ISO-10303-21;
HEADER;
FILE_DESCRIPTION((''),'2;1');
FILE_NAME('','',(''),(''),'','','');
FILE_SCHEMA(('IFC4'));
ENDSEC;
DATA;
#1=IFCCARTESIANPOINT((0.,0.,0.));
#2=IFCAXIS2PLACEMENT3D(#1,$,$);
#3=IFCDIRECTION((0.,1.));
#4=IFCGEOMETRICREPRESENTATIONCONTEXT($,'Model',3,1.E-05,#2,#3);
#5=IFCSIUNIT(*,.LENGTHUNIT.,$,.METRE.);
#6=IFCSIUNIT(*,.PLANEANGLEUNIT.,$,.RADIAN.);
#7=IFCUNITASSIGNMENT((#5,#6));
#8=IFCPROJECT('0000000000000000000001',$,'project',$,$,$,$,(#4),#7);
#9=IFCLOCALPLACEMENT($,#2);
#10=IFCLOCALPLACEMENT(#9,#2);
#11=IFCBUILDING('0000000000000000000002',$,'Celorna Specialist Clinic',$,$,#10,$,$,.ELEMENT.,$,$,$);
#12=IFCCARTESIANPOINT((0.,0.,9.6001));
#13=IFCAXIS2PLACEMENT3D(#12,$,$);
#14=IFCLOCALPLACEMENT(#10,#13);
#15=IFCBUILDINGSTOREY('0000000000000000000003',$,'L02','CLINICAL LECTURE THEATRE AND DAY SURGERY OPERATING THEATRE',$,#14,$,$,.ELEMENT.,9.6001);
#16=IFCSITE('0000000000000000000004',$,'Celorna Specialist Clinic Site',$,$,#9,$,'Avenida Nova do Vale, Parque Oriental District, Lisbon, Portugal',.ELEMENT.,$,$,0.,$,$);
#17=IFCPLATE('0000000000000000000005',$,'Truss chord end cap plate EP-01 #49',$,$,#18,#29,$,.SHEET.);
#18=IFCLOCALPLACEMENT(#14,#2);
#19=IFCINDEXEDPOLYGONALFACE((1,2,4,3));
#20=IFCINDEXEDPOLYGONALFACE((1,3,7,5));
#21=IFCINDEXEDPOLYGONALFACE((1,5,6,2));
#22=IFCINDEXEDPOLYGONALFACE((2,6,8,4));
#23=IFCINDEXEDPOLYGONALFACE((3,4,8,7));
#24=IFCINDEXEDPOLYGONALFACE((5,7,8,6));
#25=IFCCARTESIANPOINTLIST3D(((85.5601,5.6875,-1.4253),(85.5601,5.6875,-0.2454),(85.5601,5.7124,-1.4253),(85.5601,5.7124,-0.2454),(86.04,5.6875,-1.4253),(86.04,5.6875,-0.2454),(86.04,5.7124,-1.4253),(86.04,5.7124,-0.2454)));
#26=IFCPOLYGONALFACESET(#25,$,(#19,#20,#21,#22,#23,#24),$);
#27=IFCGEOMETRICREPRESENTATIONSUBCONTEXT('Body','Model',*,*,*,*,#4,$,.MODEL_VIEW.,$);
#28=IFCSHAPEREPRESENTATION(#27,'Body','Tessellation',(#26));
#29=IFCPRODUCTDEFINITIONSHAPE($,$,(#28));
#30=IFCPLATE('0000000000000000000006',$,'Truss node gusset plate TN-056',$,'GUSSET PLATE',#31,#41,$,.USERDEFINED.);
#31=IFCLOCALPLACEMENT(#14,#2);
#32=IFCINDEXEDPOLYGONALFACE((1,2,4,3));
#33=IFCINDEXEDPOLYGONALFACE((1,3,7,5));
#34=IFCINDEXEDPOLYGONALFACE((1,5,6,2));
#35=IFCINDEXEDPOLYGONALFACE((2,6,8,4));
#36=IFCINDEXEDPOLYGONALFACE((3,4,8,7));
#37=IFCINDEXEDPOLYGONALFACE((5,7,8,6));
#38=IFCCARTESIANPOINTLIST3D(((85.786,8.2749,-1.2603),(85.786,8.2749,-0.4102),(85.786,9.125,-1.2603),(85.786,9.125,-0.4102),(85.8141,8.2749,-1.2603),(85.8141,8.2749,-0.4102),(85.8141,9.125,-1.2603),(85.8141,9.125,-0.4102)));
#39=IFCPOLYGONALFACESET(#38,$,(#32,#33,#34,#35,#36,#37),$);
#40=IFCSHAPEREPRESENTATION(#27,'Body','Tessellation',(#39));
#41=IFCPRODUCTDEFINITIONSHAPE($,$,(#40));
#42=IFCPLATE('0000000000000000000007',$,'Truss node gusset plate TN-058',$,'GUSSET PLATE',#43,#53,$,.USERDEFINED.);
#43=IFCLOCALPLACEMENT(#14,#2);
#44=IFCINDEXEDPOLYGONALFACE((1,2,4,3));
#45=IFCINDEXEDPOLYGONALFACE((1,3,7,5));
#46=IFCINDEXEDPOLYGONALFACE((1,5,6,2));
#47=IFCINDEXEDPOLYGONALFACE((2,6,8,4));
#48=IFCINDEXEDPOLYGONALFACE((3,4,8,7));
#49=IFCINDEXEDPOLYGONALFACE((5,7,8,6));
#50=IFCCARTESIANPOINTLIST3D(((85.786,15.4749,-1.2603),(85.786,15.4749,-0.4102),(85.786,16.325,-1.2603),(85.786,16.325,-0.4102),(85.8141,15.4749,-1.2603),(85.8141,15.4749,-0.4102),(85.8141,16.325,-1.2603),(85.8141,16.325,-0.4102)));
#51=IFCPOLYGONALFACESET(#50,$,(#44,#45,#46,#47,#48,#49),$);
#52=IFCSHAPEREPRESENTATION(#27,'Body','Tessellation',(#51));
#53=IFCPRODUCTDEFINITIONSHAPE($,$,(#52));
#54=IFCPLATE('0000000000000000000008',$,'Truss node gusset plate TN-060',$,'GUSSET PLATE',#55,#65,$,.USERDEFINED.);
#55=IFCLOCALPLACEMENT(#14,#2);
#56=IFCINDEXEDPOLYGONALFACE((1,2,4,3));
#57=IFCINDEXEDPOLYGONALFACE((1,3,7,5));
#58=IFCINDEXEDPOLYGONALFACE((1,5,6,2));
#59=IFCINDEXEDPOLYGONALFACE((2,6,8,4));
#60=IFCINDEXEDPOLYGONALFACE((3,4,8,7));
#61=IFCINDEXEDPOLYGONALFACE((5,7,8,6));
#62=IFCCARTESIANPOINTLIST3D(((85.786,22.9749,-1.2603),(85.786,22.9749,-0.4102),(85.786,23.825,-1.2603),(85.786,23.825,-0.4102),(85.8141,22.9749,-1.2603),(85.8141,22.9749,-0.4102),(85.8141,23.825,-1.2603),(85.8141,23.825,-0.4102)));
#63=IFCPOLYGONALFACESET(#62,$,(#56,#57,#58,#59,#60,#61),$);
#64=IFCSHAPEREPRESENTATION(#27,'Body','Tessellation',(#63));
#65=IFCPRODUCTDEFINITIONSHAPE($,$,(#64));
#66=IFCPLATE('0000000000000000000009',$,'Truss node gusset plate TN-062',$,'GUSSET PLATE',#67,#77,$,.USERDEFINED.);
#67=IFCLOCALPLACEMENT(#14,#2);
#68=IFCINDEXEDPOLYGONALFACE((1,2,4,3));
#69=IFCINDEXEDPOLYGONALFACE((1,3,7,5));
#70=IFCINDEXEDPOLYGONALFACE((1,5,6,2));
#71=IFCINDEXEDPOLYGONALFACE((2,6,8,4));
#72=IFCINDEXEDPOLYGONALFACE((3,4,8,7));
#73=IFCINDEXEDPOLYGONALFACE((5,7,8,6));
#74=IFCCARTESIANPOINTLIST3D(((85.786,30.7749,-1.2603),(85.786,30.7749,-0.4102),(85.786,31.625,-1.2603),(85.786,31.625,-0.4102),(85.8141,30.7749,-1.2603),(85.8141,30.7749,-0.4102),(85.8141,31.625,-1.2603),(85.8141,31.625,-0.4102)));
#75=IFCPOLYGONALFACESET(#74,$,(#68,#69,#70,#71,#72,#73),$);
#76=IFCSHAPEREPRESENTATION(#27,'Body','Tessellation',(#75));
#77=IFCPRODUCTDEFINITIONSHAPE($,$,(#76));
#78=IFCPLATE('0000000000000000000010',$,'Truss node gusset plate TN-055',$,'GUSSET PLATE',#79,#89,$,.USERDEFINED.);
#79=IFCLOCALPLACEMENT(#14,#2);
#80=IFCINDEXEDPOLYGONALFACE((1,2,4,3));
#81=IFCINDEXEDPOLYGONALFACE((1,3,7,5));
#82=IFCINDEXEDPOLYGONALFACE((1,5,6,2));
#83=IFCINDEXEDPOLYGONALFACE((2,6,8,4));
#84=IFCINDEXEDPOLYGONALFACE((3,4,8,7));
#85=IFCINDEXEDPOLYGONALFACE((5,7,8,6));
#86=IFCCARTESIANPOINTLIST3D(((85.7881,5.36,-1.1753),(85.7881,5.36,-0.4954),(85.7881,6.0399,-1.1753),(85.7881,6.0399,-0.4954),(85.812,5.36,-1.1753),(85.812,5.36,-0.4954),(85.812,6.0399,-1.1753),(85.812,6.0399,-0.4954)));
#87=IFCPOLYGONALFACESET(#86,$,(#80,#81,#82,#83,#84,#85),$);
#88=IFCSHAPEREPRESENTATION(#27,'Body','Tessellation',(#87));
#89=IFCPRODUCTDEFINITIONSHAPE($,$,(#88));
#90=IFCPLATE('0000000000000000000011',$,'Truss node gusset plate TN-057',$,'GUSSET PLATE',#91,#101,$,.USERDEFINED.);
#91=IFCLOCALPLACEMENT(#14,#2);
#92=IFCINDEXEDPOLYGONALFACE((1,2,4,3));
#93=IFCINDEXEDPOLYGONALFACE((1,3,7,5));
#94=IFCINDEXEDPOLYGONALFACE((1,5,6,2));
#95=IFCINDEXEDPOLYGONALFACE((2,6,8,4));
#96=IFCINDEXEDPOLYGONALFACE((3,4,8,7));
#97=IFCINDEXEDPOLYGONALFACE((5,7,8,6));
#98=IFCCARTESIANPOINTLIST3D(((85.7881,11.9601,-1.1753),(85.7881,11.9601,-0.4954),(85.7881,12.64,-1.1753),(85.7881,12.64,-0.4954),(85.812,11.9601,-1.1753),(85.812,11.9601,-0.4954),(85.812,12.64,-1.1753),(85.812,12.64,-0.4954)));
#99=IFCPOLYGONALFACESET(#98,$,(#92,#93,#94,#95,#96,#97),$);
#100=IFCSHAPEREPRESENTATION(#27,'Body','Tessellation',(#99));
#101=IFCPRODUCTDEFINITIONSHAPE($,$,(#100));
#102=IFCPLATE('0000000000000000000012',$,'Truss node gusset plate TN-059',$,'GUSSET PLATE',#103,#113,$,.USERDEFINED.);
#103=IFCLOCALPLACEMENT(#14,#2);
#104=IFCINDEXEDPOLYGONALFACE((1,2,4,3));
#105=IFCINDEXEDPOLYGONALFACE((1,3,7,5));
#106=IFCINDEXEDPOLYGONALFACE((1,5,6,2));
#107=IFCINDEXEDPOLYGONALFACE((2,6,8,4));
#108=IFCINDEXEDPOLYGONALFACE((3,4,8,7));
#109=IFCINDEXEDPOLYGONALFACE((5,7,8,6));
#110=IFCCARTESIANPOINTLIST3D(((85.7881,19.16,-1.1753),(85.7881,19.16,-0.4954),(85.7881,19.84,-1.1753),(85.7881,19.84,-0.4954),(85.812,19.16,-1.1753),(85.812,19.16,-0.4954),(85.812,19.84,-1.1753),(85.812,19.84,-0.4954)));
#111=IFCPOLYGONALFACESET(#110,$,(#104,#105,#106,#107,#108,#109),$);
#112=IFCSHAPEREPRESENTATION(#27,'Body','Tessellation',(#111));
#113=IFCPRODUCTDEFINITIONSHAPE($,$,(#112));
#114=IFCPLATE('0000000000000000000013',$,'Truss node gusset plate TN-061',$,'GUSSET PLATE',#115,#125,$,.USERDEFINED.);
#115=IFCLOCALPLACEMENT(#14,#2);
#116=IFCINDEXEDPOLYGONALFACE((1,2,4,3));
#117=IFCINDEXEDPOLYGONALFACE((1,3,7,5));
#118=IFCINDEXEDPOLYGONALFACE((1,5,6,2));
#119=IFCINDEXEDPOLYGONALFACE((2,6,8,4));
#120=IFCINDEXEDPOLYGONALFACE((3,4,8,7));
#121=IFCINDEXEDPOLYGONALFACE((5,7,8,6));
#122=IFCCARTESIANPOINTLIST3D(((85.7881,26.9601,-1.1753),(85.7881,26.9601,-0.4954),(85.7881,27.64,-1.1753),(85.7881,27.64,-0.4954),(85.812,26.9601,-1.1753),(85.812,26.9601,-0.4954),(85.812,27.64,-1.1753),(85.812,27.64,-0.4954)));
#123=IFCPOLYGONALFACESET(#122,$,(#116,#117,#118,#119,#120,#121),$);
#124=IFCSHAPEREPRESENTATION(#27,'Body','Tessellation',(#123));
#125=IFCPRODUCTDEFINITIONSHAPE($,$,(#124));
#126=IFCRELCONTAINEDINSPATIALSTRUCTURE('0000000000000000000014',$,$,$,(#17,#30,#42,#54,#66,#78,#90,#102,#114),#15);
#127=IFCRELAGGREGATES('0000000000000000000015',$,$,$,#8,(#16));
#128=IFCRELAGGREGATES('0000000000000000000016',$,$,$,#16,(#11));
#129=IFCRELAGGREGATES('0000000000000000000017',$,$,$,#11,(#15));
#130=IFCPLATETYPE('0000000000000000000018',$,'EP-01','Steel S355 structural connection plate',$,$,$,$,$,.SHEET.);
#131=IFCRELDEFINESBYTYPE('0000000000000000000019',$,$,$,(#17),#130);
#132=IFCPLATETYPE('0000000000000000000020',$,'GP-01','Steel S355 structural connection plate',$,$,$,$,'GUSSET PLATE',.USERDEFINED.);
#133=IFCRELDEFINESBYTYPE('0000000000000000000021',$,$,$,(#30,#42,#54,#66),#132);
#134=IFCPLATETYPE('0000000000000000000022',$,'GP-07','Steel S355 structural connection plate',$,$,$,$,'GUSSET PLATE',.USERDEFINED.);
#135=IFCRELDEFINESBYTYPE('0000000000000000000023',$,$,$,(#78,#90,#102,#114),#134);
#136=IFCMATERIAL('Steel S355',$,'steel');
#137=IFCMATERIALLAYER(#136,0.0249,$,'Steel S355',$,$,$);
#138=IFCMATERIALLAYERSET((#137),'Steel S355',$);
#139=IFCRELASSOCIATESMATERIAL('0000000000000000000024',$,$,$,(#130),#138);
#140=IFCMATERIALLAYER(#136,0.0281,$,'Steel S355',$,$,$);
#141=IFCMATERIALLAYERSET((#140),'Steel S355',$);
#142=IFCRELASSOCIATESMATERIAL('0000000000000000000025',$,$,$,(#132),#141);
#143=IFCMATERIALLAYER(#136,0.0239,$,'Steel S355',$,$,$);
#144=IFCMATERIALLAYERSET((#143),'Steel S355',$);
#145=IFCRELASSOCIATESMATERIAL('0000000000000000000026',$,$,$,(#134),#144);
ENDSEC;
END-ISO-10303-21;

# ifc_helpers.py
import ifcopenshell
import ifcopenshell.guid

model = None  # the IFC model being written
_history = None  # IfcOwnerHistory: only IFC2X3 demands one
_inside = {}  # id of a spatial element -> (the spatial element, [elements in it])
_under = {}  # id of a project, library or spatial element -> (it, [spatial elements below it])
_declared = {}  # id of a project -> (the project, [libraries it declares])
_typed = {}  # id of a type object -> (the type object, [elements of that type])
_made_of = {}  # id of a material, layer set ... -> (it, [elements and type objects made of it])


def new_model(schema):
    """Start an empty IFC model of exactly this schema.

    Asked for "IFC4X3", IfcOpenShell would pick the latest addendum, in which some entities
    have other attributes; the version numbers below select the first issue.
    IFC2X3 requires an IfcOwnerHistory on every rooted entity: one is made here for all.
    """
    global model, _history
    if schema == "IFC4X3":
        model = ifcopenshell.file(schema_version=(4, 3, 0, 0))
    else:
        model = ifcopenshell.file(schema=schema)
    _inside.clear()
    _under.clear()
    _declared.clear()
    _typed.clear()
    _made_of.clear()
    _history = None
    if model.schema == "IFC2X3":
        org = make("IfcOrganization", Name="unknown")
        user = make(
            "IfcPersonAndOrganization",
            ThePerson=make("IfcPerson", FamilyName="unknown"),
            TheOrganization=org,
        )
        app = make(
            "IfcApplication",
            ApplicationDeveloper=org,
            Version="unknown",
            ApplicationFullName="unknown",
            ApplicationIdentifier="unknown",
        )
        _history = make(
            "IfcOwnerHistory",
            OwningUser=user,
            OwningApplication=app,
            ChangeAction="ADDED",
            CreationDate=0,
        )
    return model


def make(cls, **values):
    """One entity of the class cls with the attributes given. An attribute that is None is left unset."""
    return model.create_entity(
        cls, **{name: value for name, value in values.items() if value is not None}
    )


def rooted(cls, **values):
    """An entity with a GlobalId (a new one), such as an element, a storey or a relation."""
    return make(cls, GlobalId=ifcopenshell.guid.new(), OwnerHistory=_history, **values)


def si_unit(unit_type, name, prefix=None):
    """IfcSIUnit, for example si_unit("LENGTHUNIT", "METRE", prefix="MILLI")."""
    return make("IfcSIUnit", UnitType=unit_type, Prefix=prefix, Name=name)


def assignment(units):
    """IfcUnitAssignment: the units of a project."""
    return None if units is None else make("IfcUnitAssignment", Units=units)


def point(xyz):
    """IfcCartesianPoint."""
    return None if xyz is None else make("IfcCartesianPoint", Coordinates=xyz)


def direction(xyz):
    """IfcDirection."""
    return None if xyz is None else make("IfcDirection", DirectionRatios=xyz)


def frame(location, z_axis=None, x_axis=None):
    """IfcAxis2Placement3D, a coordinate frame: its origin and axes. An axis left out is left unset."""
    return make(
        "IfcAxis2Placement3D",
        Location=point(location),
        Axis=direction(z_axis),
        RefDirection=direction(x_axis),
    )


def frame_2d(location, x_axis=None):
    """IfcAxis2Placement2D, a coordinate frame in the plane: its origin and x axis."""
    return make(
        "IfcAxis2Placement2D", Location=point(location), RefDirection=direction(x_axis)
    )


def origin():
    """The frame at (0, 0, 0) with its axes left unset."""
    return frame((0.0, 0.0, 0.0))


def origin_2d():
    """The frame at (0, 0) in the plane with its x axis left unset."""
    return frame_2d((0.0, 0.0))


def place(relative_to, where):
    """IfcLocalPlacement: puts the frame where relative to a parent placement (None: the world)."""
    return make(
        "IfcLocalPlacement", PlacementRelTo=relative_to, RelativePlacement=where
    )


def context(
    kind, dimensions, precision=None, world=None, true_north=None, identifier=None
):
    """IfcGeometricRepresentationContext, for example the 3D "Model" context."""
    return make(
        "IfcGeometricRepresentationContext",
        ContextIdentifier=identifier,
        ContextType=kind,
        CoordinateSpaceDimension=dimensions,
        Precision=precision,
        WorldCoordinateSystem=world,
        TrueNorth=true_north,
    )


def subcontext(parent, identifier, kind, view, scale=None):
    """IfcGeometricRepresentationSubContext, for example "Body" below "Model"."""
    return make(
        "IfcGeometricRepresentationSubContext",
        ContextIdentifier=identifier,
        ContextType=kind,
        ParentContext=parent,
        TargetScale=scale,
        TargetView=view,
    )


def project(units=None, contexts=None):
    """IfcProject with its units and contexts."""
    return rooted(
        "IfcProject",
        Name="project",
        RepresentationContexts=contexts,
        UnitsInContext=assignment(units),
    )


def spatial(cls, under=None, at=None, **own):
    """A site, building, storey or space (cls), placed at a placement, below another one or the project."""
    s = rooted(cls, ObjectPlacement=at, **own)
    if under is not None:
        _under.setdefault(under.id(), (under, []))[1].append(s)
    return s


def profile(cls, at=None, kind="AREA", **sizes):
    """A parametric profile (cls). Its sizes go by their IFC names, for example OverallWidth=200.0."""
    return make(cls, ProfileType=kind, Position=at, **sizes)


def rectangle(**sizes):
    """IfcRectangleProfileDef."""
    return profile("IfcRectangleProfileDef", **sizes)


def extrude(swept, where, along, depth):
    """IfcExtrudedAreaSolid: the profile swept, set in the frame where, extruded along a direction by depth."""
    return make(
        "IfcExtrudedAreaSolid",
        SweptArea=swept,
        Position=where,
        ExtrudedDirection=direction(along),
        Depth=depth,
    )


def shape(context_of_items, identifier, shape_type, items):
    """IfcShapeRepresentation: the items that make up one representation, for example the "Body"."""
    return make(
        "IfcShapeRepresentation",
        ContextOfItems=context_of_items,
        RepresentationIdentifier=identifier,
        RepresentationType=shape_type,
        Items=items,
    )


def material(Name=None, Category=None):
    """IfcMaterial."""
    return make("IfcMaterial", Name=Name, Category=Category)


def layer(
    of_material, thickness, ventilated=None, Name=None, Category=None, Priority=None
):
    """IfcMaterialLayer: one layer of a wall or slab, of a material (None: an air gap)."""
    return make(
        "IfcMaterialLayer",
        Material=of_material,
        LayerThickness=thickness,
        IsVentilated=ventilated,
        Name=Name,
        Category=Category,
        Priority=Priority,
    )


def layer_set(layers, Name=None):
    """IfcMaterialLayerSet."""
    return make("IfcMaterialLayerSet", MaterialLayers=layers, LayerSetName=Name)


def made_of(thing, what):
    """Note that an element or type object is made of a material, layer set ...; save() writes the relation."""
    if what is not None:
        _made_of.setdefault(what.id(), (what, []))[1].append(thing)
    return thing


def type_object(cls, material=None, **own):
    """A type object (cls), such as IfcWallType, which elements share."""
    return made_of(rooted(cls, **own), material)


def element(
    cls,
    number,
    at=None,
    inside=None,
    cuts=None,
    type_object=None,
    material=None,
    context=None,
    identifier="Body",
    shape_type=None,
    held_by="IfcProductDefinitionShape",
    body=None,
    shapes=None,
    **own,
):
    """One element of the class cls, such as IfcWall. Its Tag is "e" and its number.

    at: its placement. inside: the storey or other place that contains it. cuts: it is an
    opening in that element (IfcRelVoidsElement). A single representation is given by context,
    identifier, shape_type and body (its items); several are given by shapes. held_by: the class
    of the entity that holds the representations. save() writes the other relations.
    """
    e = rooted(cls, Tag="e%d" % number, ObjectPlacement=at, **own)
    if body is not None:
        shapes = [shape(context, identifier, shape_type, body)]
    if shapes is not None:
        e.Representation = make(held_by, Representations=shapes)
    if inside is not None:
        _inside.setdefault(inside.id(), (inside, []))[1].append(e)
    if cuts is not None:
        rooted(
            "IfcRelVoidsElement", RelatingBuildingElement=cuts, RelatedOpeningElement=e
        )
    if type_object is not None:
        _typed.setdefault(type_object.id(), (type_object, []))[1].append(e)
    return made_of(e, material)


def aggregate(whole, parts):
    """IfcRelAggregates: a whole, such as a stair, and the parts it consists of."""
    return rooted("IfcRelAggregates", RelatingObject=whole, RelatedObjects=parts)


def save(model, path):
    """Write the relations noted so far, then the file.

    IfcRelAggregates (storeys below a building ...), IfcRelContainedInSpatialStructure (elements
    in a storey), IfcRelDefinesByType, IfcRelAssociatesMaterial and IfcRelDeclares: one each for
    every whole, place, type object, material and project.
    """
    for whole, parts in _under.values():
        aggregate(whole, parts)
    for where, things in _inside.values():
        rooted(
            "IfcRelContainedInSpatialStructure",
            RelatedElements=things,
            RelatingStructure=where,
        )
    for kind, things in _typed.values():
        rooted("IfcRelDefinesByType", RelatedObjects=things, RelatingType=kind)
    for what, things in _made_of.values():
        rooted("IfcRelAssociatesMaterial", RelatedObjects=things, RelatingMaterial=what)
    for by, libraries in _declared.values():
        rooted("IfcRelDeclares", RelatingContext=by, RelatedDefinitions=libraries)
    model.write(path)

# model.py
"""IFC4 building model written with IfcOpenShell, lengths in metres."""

from ifc_helpers import new_model, si_unit, direction, frame, origin, origin_2d, place, context, subcontext, project, spatial, rectangle, extrude, material, layer, layer_set, type_object, element, save


model = new_model("IFC4")

# Units and contexts
model_context = context("Model", 3, precision=1e-05, world=origin(), true_north=direction((0.0, 1.0)))
body_context = subcontext(model_context, "Body", "Model", "MODEL_VIEW")
ifc_project = project(units=[si_unit("LENGTHUNIT", "METRE"), si_unit("PLANEANGLEUNIT", "RADIAN")], contexts=[model_context])

# Site, building, storey
site_placement = place(None, origin())
site = spatial("IfcSite", under=ifc_project, at=site_placement, Name="Celorna Specialist Clinic Site", LongName="Avenida Nova do Vale, Parque Oriental District, Lisbon, Portugal", CompositionType="ELEMENT", RefElevation=0.0)
building_placement = place(site_placement, origin())
building = spatial("IfcBuilding", under=site, at=building_placement, Name="Celorna Specialist Clinic", CompositionType="ELEMENT")
storey_placement = place(building_placement, frame((0.0, 0.0, 9.6001)))
storey = spatial("IfcBuildingStorey", under=building, at=storey_placement, Name="L02", Description="CLINICAL LECTURE THEATRE AND DAY SURGERY OPERATING THEATRE", CompositionType="ELEMENT", Elevation=9.6001)

# Shared definitions
ifc_material_1 = material(Name="Steel S355", Category="steel")

# Plates
ifc_layer_1 = layer(ifc_material_1, 0.0249, Name="Steel S355")
ifc_layer_set_1 = layer_set([ifc_layer_1], Name="Steel S355")
plate_type_1 = type_object("IfcPlateType", Name="EP-01", Description="Steel S355 structural connection plate", PredefinedType="SHEET", material=ifc_layer_set_1)
plate_placement = place(storey_placement, frame((85.8, 5.7, -1.4253), z_axis=(0.0, 0.0, 1.0), x_axis=(1.0, 0.0, 0.0)))
element("IfcPlate", 1, at=plate_placement, inside=storey, type_object=plate_type_1, Name="Truss chord end cap plate EP-01 #49", PredefinedType="SHEET", context=body_context, shape_type="SweptSolid", body=[
    extrude(rectangle(XDim=0.48, YDim=0.0249, at=origin_2d()), origin(), (0.0, 0.0, 1.0), 1.1799),
])
ifc_layer_2 = layer(ifc_material_1, 0.0281, Name="Steel S355")
ifc_layer_set_2 = layer_set([ifc_layer_2], Name="Steel S355")
plate_type_2 = type_object("IfcPlateType", Name="GP-01", Description="Steel S355 structural connection plate", ElementType="GUSSET PLATE", PredefinedType="USERDEFINED", material=ifc_layer_set_2)
for number, where, z_axis, x_axis, name in (
    (2, (85.8, 8.7, -1.2603), (0.0, 0.0, 1.0), (0.0, 1.0, 0.0), "Truss node gusset plate TN-056"),
    (3, (85.8, 15.8999, -1.2603), (0.0, 0.0, 1.0), (0.0, 1.0, 0.0), "Truss node gusset plate TN-058"),
    (4, (85.8, 23.3999, -1.2603), (0.0, 0.0, 1.0), (0.0, 1.0, 0.0), "Truss node gusset plate TN-060"),
    (5, (85.8, 31.2, -1.2603), (0.0, 0.0, 1.0), (0.0, 1.0, 0.0), "Truss node gusset plate TN-062"),
):
    element("IfcPlate", number, at=place(storey_placement, frame(where, z_axis=z_axis, x_axis=x_axis)), inside=storey, type_object=plate_type_2, Name=name, ObjectType="GUSSET PLATE", PredefinedType="USERDEFINED", context=body_context, shape_type="SweptSolid", body=[
        extrude(rectangle(XDim=0.8501, YDim=0.0281, at=origin_2d()), origin(), (0.0, 0.0, 1.0), 0.8501),
    ])
ifc_layer_3 = layer(ifc_material_1, 0.0239, Name="Steel S355")
ifc_layer_set_3 = layer_set([ifc_layer_3], Name="Steel S355")
plate_type_3 = type_object("IfcPlateType", Name="GP-07", Description="Steel S355 structural connection plate", ElementType="GUSSET PLATE", PredefinedType="USERDEFINED", material=ifc_layer_set_3)
for number, where, z_axis, x_axis, name in (
    (6, (85.8, 5.7, -1.1753), (0.0, 0.0, 1.0), (0.0, 1.0, 0.0), "Truss node gusset plate TN-055"),
    (7, (85.8, 12.3, -1.1753), (0.0, 0.0, 1.0), (0.0, 1.0, 0.0), "Truss node gusset plate TN-057"),
    (8, (85.8, 19.5, -1.1753), (0.0, 0.0, 1.0), (0.0, 1.0, 0.0), "Truss node gusset plate TN-059"),
    (9, (85.8, 27.3, -1.1753), (0.0, 0.0, 1.0), (0.0, 1.0, 0.0), "Truss node gusset plate TN-061"),
):
    element("IfcPlate", number, at=place(storey_placement, frame(where, z_axis=z_axis, x_axis=x_axis)), inside=storey, type_object=plate_type_3, Name=name, ObjectType="GUSSET PLATE", PredefinedType="USERDEFINED", context=body_context, shape_type="SweptSolid", body=[
        extrude(rectangle(XDim=0.6799, YDim=0.0239, at=origin_2d()), origin(), (0.0, 0.0, 1.0), 0.6799),
    ])

save(model, "model.ifc")
